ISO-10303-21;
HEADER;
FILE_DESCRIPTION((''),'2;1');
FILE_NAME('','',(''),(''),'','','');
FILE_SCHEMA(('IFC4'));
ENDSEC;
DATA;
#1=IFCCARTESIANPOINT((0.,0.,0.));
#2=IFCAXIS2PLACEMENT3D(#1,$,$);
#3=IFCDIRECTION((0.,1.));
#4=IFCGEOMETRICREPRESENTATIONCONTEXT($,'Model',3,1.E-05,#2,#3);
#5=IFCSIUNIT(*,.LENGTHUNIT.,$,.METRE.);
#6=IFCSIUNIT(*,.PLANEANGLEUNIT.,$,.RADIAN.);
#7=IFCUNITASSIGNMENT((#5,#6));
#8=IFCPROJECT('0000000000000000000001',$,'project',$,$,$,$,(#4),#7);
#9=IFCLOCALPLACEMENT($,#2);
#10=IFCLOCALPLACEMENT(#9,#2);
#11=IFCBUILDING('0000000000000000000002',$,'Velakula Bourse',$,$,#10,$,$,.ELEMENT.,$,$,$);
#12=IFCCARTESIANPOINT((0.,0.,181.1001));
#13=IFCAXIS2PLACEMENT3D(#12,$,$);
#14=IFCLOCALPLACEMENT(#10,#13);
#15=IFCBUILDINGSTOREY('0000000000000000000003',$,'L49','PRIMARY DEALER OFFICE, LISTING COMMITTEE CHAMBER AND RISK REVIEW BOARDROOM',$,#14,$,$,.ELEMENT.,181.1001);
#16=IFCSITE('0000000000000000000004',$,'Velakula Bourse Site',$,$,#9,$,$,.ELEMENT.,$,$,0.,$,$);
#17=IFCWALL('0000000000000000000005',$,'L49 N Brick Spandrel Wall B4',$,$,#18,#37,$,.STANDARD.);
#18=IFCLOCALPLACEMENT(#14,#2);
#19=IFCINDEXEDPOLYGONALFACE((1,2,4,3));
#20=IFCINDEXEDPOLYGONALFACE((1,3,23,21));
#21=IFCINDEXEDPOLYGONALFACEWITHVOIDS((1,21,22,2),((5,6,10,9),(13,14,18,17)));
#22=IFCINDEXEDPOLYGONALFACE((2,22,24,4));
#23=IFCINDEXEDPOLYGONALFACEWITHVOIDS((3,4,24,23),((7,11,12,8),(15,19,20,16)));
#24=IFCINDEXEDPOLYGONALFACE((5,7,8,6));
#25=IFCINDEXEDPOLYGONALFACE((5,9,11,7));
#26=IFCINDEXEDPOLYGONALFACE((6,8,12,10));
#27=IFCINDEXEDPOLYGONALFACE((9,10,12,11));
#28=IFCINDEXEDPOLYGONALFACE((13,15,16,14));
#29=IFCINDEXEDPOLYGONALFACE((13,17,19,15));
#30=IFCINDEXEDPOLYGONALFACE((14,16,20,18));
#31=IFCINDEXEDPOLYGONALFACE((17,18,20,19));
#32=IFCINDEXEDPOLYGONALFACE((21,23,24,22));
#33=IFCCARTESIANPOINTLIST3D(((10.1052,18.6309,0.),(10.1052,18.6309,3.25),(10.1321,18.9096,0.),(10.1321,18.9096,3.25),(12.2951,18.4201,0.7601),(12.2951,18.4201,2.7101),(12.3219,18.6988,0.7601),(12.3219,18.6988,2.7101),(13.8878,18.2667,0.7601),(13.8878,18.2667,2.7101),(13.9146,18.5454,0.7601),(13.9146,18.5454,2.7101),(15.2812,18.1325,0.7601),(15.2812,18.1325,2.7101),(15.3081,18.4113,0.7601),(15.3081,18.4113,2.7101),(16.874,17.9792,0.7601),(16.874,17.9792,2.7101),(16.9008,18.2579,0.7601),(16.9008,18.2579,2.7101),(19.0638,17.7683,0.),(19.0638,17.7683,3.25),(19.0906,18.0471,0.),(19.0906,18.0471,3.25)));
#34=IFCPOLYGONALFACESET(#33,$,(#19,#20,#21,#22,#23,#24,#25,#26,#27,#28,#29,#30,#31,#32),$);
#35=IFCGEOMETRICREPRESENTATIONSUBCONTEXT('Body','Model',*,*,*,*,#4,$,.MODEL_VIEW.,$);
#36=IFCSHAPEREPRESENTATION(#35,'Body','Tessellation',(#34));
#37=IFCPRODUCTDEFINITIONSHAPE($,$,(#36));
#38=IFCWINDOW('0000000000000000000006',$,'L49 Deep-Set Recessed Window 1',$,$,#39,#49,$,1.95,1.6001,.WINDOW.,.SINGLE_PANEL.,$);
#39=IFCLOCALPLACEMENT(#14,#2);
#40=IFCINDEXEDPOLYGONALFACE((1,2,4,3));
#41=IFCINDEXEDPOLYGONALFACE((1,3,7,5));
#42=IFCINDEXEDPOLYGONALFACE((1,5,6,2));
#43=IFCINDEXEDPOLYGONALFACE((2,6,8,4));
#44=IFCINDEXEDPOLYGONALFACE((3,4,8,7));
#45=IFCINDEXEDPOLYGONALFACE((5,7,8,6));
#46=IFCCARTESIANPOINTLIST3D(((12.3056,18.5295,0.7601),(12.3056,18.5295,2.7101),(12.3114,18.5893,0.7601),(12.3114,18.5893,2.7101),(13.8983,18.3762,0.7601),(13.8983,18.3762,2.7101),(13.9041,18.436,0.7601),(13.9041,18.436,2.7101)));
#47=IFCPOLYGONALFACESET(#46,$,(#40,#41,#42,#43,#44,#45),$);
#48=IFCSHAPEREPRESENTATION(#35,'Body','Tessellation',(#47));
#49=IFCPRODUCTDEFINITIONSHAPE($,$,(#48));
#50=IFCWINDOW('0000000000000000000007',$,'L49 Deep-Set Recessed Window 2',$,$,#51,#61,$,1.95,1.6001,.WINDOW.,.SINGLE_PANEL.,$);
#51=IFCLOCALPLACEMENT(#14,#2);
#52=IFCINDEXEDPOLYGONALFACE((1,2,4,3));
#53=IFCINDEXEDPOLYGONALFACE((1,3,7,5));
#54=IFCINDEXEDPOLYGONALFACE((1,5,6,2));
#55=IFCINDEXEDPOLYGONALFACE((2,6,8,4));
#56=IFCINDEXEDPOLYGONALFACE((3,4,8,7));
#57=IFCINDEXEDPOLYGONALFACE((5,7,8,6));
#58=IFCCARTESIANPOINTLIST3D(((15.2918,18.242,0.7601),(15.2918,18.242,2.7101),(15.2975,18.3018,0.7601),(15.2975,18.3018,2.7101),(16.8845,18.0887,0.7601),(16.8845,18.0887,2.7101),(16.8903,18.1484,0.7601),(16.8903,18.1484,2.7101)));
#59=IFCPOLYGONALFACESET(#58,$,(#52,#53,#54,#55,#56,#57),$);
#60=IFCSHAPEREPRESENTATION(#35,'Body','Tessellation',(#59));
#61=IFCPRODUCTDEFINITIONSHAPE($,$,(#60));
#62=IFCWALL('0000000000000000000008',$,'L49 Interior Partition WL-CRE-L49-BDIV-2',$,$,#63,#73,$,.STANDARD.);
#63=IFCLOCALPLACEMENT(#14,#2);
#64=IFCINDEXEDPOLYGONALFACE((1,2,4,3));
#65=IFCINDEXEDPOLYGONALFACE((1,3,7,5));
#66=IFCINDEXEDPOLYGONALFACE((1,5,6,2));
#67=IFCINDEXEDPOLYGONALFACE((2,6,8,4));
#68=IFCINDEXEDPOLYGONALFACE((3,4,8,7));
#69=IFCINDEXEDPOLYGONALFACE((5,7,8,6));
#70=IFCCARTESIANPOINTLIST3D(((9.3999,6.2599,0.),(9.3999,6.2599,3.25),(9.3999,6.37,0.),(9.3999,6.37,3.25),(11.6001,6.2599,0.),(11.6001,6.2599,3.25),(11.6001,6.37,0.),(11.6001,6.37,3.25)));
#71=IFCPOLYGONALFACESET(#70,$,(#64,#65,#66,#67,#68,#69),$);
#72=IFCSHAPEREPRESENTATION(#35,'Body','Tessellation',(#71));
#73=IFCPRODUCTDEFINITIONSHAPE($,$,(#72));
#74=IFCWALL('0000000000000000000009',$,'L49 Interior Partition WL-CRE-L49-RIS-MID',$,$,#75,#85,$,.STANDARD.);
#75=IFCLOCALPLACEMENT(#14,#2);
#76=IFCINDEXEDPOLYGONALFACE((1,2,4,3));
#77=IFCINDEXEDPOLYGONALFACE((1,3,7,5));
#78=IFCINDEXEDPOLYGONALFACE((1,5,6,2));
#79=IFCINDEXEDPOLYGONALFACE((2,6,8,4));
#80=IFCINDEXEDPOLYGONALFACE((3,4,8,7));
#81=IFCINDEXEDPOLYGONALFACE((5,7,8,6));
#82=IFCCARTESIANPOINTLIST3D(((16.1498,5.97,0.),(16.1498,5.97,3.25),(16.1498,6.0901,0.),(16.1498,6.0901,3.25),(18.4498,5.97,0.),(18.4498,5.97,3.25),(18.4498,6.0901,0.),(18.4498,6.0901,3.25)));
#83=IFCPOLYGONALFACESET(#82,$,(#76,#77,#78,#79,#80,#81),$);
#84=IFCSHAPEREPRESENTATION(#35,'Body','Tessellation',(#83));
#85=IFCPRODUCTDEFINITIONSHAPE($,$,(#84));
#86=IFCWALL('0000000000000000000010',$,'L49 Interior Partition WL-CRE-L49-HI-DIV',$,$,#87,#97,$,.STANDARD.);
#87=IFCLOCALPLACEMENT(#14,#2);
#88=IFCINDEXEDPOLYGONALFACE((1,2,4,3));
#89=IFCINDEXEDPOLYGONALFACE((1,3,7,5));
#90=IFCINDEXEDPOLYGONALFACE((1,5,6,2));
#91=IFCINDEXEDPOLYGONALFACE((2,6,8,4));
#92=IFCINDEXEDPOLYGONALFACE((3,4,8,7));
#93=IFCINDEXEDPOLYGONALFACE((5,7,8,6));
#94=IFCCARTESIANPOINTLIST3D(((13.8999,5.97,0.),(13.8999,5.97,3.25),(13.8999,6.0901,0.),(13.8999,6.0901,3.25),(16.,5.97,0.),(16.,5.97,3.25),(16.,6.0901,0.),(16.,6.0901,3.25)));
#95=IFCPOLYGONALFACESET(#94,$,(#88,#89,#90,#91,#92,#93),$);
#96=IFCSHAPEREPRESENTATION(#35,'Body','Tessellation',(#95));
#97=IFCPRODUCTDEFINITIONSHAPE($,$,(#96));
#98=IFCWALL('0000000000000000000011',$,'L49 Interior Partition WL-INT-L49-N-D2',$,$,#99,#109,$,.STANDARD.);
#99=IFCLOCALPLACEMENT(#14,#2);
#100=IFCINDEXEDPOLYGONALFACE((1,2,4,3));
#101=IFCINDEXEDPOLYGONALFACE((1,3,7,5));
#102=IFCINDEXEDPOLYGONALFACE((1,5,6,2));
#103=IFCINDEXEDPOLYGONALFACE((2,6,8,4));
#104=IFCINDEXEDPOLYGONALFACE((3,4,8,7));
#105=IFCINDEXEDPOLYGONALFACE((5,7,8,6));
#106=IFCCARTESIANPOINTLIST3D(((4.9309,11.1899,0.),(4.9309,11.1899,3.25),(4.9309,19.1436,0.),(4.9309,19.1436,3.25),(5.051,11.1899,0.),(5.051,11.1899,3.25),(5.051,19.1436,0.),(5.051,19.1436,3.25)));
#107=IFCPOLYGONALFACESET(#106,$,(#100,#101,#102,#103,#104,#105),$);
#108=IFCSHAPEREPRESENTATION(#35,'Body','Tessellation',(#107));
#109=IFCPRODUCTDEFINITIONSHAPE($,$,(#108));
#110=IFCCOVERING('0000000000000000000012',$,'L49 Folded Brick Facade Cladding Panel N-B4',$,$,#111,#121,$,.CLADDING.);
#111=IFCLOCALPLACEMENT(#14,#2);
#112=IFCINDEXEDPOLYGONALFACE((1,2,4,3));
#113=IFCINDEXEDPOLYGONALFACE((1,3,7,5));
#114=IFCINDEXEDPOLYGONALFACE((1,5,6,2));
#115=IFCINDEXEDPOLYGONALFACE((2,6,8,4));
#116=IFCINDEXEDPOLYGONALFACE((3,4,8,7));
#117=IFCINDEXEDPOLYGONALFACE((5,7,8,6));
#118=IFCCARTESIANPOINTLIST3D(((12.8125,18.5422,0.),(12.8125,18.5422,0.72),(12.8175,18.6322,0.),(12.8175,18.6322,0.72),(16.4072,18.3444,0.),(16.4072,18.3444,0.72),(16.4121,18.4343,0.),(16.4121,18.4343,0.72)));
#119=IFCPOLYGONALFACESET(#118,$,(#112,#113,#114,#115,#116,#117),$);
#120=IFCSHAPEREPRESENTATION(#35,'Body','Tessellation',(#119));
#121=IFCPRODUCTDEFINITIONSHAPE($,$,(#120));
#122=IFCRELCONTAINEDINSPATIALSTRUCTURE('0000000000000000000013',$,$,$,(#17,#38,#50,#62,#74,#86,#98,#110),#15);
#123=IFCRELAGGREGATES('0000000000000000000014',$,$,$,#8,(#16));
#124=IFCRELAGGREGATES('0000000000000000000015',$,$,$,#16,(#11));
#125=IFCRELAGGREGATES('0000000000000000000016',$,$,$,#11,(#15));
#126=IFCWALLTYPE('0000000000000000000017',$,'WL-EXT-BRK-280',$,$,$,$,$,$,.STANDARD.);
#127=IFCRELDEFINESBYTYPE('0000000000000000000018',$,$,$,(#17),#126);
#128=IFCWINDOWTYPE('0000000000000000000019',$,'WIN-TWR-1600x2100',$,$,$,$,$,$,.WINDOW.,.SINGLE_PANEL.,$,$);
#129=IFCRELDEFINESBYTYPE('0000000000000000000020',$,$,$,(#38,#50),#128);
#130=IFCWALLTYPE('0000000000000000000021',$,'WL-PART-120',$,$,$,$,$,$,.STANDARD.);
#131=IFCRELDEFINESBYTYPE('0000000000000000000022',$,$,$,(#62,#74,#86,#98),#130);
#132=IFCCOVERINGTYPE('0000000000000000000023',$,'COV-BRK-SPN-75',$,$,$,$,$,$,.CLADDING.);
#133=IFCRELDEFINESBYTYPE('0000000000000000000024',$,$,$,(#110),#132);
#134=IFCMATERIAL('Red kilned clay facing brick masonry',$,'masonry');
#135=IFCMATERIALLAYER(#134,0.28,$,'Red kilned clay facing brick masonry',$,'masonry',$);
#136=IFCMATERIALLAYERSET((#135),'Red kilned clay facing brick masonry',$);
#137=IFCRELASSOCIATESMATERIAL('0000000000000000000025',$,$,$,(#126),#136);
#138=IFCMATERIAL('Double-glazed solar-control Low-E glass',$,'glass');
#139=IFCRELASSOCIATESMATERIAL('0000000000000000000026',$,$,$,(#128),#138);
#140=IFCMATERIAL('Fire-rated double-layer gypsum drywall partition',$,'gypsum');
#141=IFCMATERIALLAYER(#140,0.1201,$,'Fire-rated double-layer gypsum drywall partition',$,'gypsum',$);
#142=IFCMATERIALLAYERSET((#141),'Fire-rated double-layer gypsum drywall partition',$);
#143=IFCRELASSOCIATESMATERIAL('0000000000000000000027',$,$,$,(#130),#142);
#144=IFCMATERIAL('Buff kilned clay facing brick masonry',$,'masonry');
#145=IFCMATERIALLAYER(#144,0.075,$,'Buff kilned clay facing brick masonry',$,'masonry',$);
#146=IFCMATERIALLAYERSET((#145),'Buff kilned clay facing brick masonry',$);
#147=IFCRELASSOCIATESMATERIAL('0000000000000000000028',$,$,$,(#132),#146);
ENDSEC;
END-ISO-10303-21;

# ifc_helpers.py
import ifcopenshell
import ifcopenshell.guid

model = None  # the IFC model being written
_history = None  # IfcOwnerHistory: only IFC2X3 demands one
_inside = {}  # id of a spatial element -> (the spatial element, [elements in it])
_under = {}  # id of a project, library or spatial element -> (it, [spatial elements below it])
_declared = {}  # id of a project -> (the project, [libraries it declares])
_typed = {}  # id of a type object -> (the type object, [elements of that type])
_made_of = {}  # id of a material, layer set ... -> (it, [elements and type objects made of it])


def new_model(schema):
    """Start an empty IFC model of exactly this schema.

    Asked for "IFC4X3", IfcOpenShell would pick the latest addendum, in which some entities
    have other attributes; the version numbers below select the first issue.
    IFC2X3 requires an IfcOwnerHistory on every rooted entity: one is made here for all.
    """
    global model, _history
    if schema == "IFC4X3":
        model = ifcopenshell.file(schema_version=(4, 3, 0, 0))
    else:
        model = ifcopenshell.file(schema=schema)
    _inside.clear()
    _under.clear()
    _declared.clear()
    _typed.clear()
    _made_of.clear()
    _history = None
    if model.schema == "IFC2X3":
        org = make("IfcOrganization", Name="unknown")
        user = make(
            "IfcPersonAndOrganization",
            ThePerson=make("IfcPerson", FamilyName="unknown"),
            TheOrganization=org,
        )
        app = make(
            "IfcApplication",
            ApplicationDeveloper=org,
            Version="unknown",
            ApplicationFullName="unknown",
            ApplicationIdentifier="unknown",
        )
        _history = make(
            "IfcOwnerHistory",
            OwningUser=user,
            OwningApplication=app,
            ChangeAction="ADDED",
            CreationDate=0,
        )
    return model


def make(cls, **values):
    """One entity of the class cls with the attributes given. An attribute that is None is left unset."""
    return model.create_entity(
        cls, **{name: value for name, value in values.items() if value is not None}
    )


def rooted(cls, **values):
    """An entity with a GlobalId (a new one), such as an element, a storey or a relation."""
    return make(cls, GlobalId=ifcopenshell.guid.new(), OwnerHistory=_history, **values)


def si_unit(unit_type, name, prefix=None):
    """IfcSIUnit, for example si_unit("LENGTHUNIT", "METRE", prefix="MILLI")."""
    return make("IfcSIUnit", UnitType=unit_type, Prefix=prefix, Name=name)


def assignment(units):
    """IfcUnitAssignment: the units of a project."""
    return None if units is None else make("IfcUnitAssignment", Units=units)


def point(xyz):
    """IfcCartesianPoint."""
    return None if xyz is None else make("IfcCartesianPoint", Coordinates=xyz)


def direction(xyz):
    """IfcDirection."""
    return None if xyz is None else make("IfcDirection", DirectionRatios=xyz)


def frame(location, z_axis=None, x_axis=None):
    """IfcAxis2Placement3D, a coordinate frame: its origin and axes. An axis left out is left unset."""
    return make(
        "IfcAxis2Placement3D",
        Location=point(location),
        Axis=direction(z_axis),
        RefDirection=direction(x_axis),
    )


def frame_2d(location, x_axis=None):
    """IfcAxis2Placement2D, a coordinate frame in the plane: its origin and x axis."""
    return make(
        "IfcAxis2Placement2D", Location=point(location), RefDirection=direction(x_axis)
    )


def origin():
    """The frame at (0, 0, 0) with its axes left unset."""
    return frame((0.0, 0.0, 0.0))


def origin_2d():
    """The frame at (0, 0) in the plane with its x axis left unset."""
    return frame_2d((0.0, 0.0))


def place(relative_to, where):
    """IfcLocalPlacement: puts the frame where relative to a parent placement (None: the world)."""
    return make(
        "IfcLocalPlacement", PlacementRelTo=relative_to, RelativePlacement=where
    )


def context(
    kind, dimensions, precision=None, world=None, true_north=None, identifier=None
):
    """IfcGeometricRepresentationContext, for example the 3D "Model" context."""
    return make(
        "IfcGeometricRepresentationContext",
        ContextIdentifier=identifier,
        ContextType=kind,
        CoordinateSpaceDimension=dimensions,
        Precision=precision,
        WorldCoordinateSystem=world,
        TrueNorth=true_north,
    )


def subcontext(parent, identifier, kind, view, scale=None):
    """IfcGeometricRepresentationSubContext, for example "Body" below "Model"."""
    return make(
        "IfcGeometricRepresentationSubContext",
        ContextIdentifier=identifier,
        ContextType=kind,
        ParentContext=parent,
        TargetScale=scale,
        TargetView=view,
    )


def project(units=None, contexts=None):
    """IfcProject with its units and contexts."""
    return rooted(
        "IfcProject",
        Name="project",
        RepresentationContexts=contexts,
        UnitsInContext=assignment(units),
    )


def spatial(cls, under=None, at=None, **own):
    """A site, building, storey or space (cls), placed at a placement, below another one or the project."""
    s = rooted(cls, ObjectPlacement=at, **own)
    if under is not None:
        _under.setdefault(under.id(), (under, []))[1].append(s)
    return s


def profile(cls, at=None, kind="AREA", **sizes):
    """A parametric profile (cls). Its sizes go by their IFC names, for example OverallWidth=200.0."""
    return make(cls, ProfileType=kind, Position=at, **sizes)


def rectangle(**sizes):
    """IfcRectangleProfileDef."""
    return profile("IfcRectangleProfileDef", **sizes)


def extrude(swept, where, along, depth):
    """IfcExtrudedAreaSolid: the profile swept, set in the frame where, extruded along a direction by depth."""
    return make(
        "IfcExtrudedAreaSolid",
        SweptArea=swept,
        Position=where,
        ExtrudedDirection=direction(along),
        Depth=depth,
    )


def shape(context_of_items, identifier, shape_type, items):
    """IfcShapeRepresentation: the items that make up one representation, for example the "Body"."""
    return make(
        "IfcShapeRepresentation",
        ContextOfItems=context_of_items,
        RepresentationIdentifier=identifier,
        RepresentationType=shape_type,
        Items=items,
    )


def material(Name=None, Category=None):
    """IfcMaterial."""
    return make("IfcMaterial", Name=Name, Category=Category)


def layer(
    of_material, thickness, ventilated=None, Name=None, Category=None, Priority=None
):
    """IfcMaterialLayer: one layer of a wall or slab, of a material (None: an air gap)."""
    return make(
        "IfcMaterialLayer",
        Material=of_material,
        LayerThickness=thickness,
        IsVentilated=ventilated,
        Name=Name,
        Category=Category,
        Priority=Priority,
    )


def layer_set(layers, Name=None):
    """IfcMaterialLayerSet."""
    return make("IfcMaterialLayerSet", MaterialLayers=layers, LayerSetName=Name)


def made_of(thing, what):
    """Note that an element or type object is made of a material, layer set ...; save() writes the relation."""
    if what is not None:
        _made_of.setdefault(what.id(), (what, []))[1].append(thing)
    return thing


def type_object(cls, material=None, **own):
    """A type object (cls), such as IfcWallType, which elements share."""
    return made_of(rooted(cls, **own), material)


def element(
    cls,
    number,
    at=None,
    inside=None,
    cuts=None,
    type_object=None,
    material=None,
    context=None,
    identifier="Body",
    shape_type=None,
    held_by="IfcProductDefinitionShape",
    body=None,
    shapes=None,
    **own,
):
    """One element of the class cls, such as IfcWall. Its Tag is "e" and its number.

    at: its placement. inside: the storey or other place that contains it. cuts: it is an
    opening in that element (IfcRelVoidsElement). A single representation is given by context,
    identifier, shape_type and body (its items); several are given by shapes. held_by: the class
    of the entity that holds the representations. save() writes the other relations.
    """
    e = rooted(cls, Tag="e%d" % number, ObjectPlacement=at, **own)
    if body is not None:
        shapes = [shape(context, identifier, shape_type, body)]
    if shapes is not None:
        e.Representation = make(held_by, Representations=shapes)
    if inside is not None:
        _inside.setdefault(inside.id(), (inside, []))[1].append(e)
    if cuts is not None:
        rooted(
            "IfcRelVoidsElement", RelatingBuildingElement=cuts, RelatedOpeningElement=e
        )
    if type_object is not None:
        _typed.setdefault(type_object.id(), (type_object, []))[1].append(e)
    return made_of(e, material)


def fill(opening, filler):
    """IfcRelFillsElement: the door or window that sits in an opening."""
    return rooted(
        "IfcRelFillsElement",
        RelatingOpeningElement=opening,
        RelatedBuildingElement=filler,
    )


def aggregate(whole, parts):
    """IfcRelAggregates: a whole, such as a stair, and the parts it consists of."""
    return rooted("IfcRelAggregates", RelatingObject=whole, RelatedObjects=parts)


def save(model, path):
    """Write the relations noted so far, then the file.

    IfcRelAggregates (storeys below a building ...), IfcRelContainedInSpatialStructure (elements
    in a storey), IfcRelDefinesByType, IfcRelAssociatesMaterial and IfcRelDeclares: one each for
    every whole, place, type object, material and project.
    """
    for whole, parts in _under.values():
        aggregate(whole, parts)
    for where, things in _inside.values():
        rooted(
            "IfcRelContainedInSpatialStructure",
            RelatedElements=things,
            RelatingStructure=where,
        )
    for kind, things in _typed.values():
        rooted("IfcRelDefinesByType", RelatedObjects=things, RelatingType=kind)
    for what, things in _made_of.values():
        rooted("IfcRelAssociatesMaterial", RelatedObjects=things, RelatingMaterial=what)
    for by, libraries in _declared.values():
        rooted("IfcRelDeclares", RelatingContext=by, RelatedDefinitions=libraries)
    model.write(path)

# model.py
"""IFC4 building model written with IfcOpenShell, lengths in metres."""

from ifc_helpers import new_model, si_unit, direction, frame, frame_2d, origin, origin_2d, place, context, subcontext, project, spatial, rectangle, extrude, material, layer, layer_set, type_object, element, fill, save


model = new_model("IFC4")

# Units and contexts
model_context = context("Model", 3, precision=1e-05, world=origin(), true_north=direction((0.0, 1.0)))
body_context = subcontext(model_context, "Body", "Model", "MODEL_VIEW")
ifc_project = project(units=[si_unit("LENGTHUNIT", "METRE"), si_unit("PLANEANGLEUNIT", "RADIAN")], contexts=[model_context])

# Site, building, storey
site_placement = place(None, origin())
site = spatial("IfcSite", under=ifc_project, at=site_placement, Name="Velakula Bourse Site", CompositionType="ELEMENT", RefElevation=0.0)
building_placement = place(site_placement, origin())
building = spatial("IfcBuilding", under=site, at=building_placement, Name="Velakula Bourse", CompositionType="ELEMENT")
storey_placement = place(building_placement, frame((0.0, 0.0, 181.1001)))
storey = spatial("IfcBuildingStorey", under=building, at=storey_placement, Name="L49", Description="PRIMARY DEALER OFFICE, LISTING COMMITTEE CHAMBER AND RISK REVIEW BOARDROOM", CompositionType="ELEMENT", Elevation=181.1001)

# Wall, openings, windows
ifc_material_1 = material(Name="Red kilned clay facing brick masonry", Category="masonry")
ifc_layer_1 = layer(ifc_material_1, 0.28, Name="Red kilned clay facing brick masonry", Category="masonry")
ifc_layer_set_1 = layer_set([ifc_layer_1], Name="Red kilned clay facing brick masonry")
wall_type_1 = type_object("IfcWallType", Name="WL-EXT-BRK-280", PredefinedType="STANDARD", material=ifc_layer_set_1)
ifc_material_2 = material(Name="Double-glazed solar-control Low-E glass", Category="glass")
window_type = type_object("IfcWindowType", Name="WIN-TWR-1600x2100", PartitioningType="SINGLE_PANEL", PredefinedType="WINDOW", material=ifc_material_2)
wall_1_placement = place(storey_placement, frame((10.1187, 18.7703, 0.0), z_axis=(0.0, 0.0, 1.0), x_axis=(0.995397, -0.09584, 0.0)))
wall_1 = element("IfcWall", 1, at=wall_1_placement, inside=storey, type_object=wall_type_1, Name="L49 N Brick Spandrel Wall B4", PredefinedType="STANDARD", context=body_context, shape_type="SweptSolid", body=[
    extrude(rectangle(XDim=9.0, YDim=0.28, at=frame_2d((4.5, 0.0))), origin(), (0.0, 0.0, 1.0), 3.25),
])
opening_1_placement = place(wall_1_placement, frame((2.2, 0.0, 0.76)))
opening_1 = element("IfcOpeningElement", 2, at=opening_1_placement, cuts=wall_1, PredefinedType="OPENING", context=body_context, shape_type="SweptSolid", body=[
    extrude(rectangle(XDim=1.6001, YDim=1.95, at=frame_2d((0.8, 0.9751))), frame((0.0, 0.1499, 0.0), z_axis=(0.0, -1.0, 0.0), x_axis=(1.0, 0.0, 0.0)), (0.0, 0.0, 1.0), 0.3),
])
opening_2_placement = place(wall_1_placement, frame((5.2, 0.0, 0.76)))
opening_2 = element("IfcOpeningElement", 3, at=opening_2_placement, cuts=wall_1, PredefinedType="OPENING", context=body_context, shape_type="SweptSolid", body=[
    extrude(rectangle(XDim=1.6001, YDim=1.95, at=frame_2d((0.8, 0.9751))), frame((0.0, 0.1499, 0.0), z_axis=(0.0, -1.0, 0.0), x_axis=(1.0, 0.0, 0.0)), (0.0, 0.0, 1.0), 0.3),
])
window_1_placement = place(opening_1_placement, origin())
window_1 = element("IfcWindow", 4, at=window_1_placement, inside=storey, type_object=window_type, Name="L49 Deep-Set Recessed Window 1", OverallHeight=1.95, OverallWidth=1.6001, PartitioningType="SINGLE_PANEL", PredefinedType="WINDOW", context=body_context, shape_type="SweptSolid", body=[
    extrude(rectangle(XDim=1.6001, YDim=1.95, at=frame_2d((0.8, 0.9751))), frame((0.0, 0.03, 0.0), z_axis=(0.0, -1.0, 0.0), x_axis=(1.0, 0.0, 0.0)), (0.0, 0.0, 1.0), 0.0601),
])
fill(opening_1, window_1)
window_2_placement = place(opening_2_placement, origin())
window_2 = element("IfcWindow", 5, at=window_2_placement, inside=storey, type_object=window_type, Name="L49 Deep-Set Recessed Window 2", OverallHeight=1.95, OverallWidth=1.6001, PartitioningType="SINGLE_PANEL", PredefinedType="WINDOW", context=body_context, shape_type="SweptSolid", body=[
    extrude(rectangle(XDim=1.6001, YDim=1.95, at=frame_2d((0.8, 0.9751))), frame((0.0, 0.03, 0.0), z_axis=(0.0, -1.0, 0.0), x_axis=(1.0, 0.0, 0.0)), (0.0, 0.0, 1.0), 0.0601),
])
fill(opening_2, window_2)

# Walls
ifc_material_3 = material(Name="Fire-rated double-layer gypsum drywall partition", Category="gypsum")
ifc_layer_2 = layer(ifc_material_3, 0.1201, Name="Fire-rated double-layer gypsum drywall partition", Category="gypsum")
ifc_layer_set_2 = layer_set([ifc_layer_2], Name="Fire-rated double-layer gypsum drywall partition")
wall_type_2 = type_object("IfcWallType", Name="WL-PART-120", PredefinedType="STANDARD", material=ifc_layer_set_2)
wall_2_placement = place(storey_placement, frame((9.3999, 6.3149, 0.0), z_axis=(0.0, 0.0, 1.0), x_axis=(1.0, 0.0, 0.0)))
element("IfcWall", 6, at=wall_2_placement, inside=storey, type_object=wall_type_2, Name="L49 Interior Partition WL-CRE-L49-BDIV-2", PredefinedType="STANDARD", context=body_context, shape_type="SweptSolid", body=[
    extrude(rectangle(XDim=2.2002, YDim=0.1101, at=frame_2d((1.1001, 0.0))), origin(), (0.0, 0.0, 1.0), 3.25),
])
wall_3_placement = place(storey_placement, frame((16.1499, 6.03, 0.0), z_axis=(0.0, 0.0, 1.0), x_axis=(1.0, 0.0, 0.0)))
element("IfcWall", 7, at=wall_3_placement, inside=storey, type_object=wall_type_2, Name="L49 Interior Partition WL-CRE-L49-RIS-MID", PredefinedType="STANDARD", context=body_context, shape_type="SweptSolid", body=[
    extrude(rectangle(XDim=2.3, YDim=0.1201, at=frame_2d((1.1499, 0.0))), origin(), (0.0, 0.0, 1.0), 3.25),
])
wall_4_placement = place(storey_placement, frame((13.8999, 6.03, 0.0), z_axis=(0.0, 0.0, 1.0), x_axis=(1.0, 0.0, 0.0)))
element("IfcWall", 8, at=wall_4_placement, inside=storey, type_object=wall_type_2, Name="L49 Interior Partition WL-CRE-L49-HI-DIV", PredefinedType="STANDARD", context=body_context, shape_type="SweptSolid", body=[
    extrude(rectangle(XDim=2.1001, YDim=0.1201, at=frame_2d((1.05, 0.0))), origin(), (0.0, 0.0, 1.0), 3.25),
])
wall_5_placement = place(storey_placement, frame((4.991, 11.1899, 0.0), z_axis=(0.0, 0.0, 1.0), x_axis=(0.0, 1.0, 0.0)))
element("IfcWall", 9, at=wall_5_placement, inside=storey, type_object=wall_type_2, Name="L49 Interior Partition WL-INT-L49-N-D2", PredefinedType="STANDARD", context=body_context, shape_type="SweptSolid", body=[
    extrude(rectangle(XDim=7.9536, YDim=0.1201, at=frame_2d((3.9768, 0.0))), origin(), (0.0, 0.0, 1.0), 3.25),
])

# Covering
ifc_material_4 = material(Name="Buff kilned clay facing brick masonry", Category="masonry")
ifc_layer_3 = layer(ifc_material_4, 0.075, Name="Buff kilned clay facing brick masonry", Category="masonry")
ifc_layer_set_3 = layer_set([ifc_layer_3], Name="Buff kilned clay facing brick masonry")
covering_type = type_object("IfcCoveringType", Name="COV-BRK-SPN-75", PredefinedType="CLADDING", material=ifc_layer_set_3)
covering_placement = place(storey_placement, frame((14.6123, 18.4883, 0.0), z_axis=(0.0, 0.0, 1.0), x_axis=(0.998489, -0.05495, 0.0)))
element("IfcCovering", 10, at=covering_placement, inside=storey, type_object=covering_type, Name="L49 Folded Brick Facade Cladding Panel N-B4", PredefinedType="CLADDING", context=body_context, shape_type="SweptSolid", body=[
    extrude(rectangle(XDim=3.6001, YDim=0.0901, at=origin_2d()), origin(), (0.0, 0.0, 1.0), 0.72),
])

save(model, "model.ifc")
